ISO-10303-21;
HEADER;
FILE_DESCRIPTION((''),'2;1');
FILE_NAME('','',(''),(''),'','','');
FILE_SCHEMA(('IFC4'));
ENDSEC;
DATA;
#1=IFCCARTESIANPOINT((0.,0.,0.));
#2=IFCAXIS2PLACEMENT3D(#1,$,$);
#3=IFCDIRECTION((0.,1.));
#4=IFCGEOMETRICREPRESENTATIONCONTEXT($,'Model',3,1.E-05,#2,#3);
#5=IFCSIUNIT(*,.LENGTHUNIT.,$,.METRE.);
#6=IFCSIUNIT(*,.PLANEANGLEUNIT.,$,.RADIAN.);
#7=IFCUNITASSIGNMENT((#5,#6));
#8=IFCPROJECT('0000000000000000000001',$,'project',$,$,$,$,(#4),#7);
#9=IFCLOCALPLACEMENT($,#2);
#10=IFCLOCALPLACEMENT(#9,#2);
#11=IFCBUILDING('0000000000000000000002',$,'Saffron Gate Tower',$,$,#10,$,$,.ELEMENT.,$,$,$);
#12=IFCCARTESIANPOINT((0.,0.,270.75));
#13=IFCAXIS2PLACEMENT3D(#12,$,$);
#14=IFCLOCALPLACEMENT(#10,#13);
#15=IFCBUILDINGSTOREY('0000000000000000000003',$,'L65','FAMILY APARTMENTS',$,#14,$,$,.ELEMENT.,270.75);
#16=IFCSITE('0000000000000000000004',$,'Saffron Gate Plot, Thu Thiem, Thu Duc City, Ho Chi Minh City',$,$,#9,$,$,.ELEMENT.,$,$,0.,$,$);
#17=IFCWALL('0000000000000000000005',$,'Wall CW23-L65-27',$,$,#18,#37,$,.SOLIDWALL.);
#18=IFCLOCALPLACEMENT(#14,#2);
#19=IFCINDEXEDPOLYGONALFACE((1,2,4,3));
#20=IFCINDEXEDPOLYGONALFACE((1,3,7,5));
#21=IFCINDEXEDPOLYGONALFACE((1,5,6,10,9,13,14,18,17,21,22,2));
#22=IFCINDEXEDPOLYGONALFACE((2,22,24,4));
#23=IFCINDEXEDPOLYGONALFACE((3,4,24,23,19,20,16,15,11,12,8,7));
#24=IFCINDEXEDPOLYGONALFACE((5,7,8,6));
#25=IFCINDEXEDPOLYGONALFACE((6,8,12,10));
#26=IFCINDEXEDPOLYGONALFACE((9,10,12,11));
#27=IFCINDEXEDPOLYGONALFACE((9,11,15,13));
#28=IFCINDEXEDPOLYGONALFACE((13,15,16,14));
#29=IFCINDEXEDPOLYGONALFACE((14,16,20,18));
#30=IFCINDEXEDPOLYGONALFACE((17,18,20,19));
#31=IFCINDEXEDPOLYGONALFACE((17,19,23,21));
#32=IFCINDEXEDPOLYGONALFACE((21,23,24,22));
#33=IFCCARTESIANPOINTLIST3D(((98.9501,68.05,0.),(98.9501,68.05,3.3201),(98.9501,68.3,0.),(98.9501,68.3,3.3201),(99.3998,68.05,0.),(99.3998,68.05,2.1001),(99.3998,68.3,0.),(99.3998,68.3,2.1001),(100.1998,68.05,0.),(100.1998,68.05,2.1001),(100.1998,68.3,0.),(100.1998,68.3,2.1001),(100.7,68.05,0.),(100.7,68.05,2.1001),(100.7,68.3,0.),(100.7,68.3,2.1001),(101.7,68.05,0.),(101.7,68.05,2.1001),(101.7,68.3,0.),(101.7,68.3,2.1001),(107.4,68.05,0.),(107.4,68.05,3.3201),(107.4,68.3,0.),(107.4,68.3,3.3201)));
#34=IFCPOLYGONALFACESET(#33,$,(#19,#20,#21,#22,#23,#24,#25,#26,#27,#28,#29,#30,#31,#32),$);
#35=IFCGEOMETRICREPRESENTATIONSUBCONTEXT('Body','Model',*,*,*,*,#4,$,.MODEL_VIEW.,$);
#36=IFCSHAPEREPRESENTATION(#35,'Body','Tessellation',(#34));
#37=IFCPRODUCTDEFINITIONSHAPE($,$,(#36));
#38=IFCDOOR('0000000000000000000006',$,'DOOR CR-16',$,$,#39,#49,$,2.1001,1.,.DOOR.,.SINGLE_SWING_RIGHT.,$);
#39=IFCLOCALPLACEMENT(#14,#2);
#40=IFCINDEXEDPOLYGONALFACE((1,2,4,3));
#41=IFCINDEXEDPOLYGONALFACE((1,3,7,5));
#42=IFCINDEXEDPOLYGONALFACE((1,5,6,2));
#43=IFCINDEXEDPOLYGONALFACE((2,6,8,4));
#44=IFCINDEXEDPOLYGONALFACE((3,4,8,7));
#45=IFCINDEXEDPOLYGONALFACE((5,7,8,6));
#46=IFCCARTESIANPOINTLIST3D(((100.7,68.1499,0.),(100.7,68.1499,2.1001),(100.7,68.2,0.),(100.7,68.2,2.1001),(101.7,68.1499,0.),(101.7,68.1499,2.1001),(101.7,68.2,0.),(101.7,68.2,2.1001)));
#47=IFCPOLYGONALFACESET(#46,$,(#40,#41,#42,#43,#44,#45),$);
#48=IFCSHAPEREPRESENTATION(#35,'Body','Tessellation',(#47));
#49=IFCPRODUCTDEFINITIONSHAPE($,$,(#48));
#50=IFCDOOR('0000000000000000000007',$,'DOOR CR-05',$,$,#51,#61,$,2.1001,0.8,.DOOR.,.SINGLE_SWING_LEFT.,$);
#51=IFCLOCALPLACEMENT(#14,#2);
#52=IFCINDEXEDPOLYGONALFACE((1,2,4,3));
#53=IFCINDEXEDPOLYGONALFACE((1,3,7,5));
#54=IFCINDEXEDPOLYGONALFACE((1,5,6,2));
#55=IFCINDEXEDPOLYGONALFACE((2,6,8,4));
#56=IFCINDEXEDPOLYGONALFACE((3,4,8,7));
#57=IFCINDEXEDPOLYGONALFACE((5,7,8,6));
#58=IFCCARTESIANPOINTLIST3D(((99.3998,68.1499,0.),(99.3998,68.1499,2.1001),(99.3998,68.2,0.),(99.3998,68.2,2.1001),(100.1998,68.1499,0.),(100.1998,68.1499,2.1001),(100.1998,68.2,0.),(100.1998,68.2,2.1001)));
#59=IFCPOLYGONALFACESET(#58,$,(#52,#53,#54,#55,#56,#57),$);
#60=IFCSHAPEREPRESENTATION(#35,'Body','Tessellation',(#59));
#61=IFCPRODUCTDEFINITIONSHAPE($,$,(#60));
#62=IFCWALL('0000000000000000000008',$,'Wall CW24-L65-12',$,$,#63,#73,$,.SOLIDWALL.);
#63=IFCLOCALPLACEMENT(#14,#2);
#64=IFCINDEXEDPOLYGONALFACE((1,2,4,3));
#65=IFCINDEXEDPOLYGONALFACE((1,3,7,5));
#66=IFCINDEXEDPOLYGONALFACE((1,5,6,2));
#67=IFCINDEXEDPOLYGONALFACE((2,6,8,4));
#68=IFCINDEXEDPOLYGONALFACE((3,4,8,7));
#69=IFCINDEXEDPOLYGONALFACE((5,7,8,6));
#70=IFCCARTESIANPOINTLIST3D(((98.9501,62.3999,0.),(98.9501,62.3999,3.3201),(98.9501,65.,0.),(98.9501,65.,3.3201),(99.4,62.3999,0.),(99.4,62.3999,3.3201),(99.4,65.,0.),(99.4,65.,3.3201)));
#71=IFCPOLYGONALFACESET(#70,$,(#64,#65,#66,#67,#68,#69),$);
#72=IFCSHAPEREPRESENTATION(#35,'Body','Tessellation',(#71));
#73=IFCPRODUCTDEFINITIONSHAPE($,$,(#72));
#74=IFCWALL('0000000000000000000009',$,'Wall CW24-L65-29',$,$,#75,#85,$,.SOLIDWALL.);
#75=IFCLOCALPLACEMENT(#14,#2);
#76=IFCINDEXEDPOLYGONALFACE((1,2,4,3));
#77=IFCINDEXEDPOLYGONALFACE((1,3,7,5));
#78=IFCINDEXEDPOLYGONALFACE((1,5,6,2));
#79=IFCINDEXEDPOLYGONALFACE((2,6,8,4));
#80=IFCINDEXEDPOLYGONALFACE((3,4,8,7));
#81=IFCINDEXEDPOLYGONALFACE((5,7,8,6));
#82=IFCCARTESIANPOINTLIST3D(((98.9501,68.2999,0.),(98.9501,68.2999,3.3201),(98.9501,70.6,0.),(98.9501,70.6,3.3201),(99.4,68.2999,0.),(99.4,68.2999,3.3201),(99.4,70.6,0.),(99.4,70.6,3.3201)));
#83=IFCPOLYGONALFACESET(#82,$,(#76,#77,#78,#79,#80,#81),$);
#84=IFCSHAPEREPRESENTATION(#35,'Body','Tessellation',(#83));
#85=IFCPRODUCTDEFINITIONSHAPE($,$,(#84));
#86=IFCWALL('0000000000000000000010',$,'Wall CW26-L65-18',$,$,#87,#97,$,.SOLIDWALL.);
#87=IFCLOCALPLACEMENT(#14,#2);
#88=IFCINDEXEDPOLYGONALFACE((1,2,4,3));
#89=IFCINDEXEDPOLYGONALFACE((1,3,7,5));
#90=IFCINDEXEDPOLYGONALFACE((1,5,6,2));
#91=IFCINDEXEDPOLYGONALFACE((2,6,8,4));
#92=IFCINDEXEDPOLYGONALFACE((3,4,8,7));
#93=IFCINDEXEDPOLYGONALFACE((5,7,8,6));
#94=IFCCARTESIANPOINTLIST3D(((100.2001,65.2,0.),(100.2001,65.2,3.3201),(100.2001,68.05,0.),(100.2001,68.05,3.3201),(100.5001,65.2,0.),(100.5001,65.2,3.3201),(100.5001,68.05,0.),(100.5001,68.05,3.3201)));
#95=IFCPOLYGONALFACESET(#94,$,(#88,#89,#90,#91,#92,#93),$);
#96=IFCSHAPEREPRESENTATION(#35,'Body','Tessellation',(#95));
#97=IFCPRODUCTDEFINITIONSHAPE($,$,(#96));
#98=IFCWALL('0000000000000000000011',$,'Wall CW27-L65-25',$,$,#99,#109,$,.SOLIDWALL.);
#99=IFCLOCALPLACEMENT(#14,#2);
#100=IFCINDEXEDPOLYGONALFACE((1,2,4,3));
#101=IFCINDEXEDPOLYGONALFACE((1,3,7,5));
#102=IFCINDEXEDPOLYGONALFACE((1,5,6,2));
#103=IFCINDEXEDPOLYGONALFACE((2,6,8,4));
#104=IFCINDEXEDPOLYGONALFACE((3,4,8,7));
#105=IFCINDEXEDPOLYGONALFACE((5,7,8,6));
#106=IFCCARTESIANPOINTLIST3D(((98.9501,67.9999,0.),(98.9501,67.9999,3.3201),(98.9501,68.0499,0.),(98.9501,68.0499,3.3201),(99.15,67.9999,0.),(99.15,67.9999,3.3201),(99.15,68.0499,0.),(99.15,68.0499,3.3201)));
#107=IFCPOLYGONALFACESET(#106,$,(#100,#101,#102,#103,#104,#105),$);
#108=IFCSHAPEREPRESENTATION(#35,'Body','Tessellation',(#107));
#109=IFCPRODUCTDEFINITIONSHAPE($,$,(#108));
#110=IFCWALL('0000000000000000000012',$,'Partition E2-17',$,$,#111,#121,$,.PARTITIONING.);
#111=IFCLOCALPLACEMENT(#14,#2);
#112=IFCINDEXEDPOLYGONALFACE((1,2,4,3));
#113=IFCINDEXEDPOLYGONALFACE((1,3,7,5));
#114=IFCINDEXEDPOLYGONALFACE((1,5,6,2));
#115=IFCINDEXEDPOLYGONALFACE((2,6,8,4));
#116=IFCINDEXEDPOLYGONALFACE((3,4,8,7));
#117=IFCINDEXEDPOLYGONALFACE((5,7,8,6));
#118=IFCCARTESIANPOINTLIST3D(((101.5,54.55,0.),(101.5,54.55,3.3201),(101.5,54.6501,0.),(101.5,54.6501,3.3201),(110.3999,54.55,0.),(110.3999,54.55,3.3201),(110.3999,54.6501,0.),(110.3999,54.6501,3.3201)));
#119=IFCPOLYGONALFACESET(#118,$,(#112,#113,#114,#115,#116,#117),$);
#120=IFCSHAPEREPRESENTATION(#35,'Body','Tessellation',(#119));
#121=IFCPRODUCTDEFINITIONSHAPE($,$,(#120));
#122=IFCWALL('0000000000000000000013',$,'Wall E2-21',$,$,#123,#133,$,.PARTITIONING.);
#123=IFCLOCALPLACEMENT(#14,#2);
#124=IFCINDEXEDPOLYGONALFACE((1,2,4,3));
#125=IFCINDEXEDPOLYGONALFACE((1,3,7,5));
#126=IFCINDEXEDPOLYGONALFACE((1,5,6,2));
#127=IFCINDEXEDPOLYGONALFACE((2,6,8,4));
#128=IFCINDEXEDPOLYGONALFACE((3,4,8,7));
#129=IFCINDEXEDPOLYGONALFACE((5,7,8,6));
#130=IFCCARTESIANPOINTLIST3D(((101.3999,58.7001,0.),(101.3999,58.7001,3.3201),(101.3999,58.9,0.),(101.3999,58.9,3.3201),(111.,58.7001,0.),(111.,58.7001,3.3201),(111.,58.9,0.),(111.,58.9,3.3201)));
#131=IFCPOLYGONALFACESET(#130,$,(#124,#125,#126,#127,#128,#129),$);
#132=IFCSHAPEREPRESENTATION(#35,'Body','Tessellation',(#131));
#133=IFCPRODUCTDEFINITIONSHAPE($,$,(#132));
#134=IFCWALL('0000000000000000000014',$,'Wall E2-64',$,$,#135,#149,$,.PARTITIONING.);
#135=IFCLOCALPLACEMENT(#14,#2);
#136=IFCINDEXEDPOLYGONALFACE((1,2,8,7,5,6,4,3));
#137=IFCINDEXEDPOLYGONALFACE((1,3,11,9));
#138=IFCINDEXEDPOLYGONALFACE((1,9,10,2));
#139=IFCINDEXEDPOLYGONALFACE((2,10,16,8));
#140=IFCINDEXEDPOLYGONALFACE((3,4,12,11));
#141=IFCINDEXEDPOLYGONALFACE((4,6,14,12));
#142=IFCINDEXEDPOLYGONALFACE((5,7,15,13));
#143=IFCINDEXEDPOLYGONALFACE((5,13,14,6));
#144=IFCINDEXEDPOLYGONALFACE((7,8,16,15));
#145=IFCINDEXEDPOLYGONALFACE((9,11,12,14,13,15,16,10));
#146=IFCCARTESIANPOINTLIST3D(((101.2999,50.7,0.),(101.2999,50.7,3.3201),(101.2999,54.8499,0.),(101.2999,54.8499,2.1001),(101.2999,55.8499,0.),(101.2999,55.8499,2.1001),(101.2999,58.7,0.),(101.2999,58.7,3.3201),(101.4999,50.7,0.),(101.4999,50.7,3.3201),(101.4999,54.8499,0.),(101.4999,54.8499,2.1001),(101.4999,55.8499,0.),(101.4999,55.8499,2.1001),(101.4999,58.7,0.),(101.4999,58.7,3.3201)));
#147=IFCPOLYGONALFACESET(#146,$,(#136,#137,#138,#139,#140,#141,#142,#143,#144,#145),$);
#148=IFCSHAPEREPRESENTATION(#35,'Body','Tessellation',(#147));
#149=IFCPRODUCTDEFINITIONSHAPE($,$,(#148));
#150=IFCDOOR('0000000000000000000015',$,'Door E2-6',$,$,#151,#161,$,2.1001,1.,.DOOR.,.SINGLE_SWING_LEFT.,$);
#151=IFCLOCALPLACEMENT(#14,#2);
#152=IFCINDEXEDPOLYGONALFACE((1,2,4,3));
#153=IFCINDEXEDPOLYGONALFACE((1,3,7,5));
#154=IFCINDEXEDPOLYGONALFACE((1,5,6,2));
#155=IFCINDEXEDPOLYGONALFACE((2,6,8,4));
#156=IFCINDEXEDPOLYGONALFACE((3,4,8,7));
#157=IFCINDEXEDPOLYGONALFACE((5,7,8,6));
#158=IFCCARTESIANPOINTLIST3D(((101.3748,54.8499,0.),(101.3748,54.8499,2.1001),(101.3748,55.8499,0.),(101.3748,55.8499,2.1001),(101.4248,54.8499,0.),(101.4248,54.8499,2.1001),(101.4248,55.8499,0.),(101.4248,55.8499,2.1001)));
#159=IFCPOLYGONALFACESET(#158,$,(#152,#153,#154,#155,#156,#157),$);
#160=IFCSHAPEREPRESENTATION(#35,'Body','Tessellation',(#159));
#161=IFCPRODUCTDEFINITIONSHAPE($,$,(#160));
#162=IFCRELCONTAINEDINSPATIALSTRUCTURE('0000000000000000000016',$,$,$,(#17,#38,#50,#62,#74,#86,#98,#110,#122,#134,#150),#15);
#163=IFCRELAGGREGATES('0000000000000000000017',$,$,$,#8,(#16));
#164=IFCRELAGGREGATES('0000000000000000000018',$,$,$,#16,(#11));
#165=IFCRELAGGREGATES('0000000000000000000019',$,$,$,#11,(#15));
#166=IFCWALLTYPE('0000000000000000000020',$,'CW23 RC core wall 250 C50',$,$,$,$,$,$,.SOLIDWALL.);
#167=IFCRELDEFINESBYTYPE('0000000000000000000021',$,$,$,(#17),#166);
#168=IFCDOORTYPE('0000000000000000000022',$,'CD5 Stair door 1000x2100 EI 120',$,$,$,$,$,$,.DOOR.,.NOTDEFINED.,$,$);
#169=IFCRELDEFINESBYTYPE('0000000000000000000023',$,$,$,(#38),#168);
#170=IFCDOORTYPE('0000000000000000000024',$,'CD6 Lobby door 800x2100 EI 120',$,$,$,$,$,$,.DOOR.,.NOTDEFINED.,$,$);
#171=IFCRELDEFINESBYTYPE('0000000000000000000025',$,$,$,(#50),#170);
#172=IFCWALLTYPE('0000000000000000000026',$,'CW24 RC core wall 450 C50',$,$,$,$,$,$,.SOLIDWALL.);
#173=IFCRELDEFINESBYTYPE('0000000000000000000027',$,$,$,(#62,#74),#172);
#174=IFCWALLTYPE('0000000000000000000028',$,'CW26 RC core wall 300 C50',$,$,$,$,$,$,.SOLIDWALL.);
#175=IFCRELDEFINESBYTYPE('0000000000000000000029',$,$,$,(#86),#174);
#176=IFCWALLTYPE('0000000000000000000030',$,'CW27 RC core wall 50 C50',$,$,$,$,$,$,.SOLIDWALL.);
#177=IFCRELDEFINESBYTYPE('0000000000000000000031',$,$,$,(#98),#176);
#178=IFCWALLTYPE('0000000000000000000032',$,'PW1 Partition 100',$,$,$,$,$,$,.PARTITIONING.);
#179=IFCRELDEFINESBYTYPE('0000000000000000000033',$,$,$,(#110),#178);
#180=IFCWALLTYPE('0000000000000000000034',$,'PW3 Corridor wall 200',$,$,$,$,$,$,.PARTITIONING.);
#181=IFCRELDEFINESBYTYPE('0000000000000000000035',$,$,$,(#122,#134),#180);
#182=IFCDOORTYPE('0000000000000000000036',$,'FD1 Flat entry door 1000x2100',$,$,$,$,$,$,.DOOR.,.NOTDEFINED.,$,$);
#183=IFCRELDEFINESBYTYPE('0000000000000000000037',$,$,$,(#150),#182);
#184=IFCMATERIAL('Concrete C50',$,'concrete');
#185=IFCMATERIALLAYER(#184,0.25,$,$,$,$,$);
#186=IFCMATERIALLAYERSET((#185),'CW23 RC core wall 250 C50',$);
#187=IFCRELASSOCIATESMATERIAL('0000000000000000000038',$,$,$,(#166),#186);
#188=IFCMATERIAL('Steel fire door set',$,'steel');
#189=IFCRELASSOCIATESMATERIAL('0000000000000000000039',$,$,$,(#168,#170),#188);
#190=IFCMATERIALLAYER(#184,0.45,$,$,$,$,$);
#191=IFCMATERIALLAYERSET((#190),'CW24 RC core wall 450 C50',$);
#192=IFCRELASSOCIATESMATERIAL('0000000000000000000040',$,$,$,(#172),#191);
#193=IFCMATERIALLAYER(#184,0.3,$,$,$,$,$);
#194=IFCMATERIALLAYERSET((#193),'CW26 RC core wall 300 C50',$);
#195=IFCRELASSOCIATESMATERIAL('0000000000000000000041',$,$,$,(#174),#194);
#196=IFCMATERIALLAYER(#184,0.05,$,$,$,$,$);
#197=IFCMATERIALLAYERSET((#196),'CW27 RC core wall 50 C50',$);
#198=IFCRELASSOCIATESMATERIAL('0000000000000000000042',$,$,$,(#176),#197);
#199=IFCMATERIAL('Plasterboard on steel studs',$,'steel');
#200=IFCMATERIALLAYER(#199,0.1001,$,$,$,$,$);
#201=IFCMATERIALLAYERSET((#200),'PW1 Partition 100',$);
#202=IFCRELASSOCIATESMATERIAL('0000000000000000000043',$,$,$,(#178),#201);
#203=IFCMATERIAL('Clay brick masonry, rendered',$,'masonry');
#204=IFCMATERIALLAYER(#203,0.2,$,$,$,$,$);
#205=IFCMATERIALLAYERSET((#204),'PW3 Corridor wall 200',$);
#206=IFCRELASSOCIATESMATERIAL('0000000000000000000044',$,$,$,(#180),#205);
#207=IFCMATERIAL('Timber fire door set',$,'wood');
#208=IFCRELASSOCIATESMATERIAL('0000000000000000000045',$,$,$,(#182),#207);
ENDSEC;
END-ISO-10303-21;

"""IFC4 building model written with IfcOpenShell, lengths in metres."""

from ifc_helpers import new_model, si_unit, direction, frame, frame_2d, origin, place, context, subcontext, project, spatial, rectangle, extrude, material, layer, layer_set, type_object, element, fill, save


model = new_model("IFC4")

# Units and contexts
model_context = context("Model", 3, precision=1e-05, world=origin(), true_north=direction((0.0, 1.0)))
body_context = subcontext(model_context, "Body", "Model", "MODEL_VIEW")
ifc_project = project(units=[si_unit("LENGTHUNIT", "METRE"), si_unit("PLANEANGLEUNIT", "RADIAN")], contexts=[model_context])

# Site, building, storey
site_placement = place(None, origin())
site = spatial("IfcSite", under=ifc_project, at=site_placement, Name="Saffron Gate Plot, Thu Thiem, Thu Duc City, Ho Chi Minh City", CompositionType="ELEMENT", RefElevation=0.0)
building_placement = place(site_placement, origin())
building = spatial("IfcBuilding", under=site, at=building_placement, Name="Saffron Gate Tower", CompositionType="ELEMENT")
storey_placement = place(building_placement, frame((0.0, 0.0, 270.75)))
storey = spatial("IfcBuildingStorey", under=building, at=storey_placement, Name="L65", Description="FAMILY APARTMENTS", CompositionType="ELEMENT", Elevation=270.75)

# Wall, openings, doors
ifc_material_1 = material(Name="Concrete C50", Category="concrete")
ifc_layer_1 = layer(ifc_material_1, 0.25)
ifc_layer_set_1 = layer_set([ifc_layer_1], Name="CW23 RC core wall 250 C50")
wall_type_1 = type_object("IfcWallType", Name="CW23 RC core wall 250 C50", PredefinedType="SOLIDWALL", material=ifc_layer_set_1)
wall_1_placement = place(storey_placement, frame((98.95, 68.175, 0.0), z_axis=(0.0, 0.0, 1.0), x_axis=(1.0, 0.0, 0.0)))
wall_1 = element("IfcWall", 1, at=wall_1_placement, inside=storey, type_object=wall_type_1, Name="Wall CW23-L65-27", PredefinedType="SOLIDWALL", context=body_context, shape_type="SweptSolid", body=[
    extrude(rectangle(XDim=8.45, YDim=0.25, at=frame_2d((4.2251, 0.0))), origin(), (0.0, 0.0, 1.0), 3.3201),
])
opening_1_placement = place(wall_1_placement, frame((0.45, 0.0, 0.0)))
opening_1 = element("IfcOpeningElement", 2, at=opening_1_placement, cuts=wall_1, PredefinedType="OPENING", context=body_context, shape_type="SweptSolid", body=[
    extrude(rectangle(XDim=0.8, YDim=2.1001, at=frame_2d((0.3999, 1.05))), frame((0.0, 0.135, 0.0), z_axis=(0.0, -1.0, 0.0), x_axis=(1.0, 0.0, 0.0)), (0.0, 0.0, 1.0), 0.27),
])
opening_2_placement = place(wall_1_placement, frame((1.75, 0.0, 0.0)))
opening_2 = element("IfcOpeningElement", 3, at=opening_2_placement, cuts=wall_1, PredefinedType="OPENING", context=body_context, shape_type="SweptSolid", body=[
    extrude(rectangle(XDim=1.0, YDim=2.1001, at=frame_2d((0.5, 1.05))), frame((0.0, 0.135, 0.0), z_axis=(0.0, -1.0, 0.0), x_axis=(1.0, 0.0, 0.0)), (0.0, 0.0, 1.0), 0.27),
])
ifc_material_2 = material(Name="Steel fire door set", Category="steel")
door_type_1 = type_object("IfcDoorType", Name="CD5 Stair door 1000x2100 EI 120", OperationType="NOTDEFINED", PredefinedType="DOOR", material=ifc_material_2)
door_1_placement = place(opening_2_placement, origin())
door_1 = element("IfcDoor", 4, at=door_1_placement, inside=storey, type_object=door_type_1, Name="DOOR CR-16", OperationType="SINGLE_SWING_RIGHT", OverallHeight=2.1001, OverallWidth=1.0, PredefinedType="DOOR", context=body_context, shape_type="SweptSolid", body=[
    extrude(rectangle(XDim=1.0, YDim=2.1001, at=frame_2d((0.5, 1.05))), frame((0.0, 0.0249, 0.0), z_axis=(0.0, -1.0, 0.0), x_axis=(1.0, 0.0, 0.0)), (0.0, 0.0, 1.0), 0.05),
])
fill(opening_2, door_1)
door_type_2 = type_object("IfcDoorType", Name="CD6 Lobby door 800x2100 EI 120", OperationType="NOTDEFINED", PredefinedType="DOOR", material=ifc_material_2)
door_2_placement = place(opening_1_placement, origin())
door_2 = element("IfcDoor", 5, at=door_2_placement, inside=storey, type_object=door_type_2, Name="DOOR CR-05", OperationType="SINGLE_SWING_LEFT", OverallHeight=2.1001, OverallWidth=0.8, PredefinedType="DOOR", context=body_context, shape_type="SweptSolid", body=[
    extrude(rectangle(XDim=0.8, YDim=2.1001, at=frame_2d((0.3999, 1.05))), frame((0.0, 0.0249, 0.0), z_axis=(0.0, -1.0, 0.0), x_axis=(1.0, 0.0, 0.0)), (0.0, 0.0, 1.0), 0.05),
])
fill(opening_1, door_2)

# Walls
ifc_layer_2 = layer(ifc_material_1, 0.45)
ifc_layer_set_2 = layer_set([ifc_layer_2], Name="CW24 RC core wall 450 C50")
wall_type_2 = type_object("IfcWallType", Name="CW24 RC core wall 450 C50", PredefinedType="SOLIDWALL", material=ifc_layer_set_2)
wall_2_placement = place(storey_placement, frame((99.175, 62.3999, 0.0), z_axis=(0.0, 0.0, 1.0), x_axis=(0.0, 1.0, 0.0)))
element("IfcWall", 6, at=wall_2_placement, inside=storey, type_object=wall_type_2, Name="Wall CW24-L65-12", PredefinedType="SOLIDWALL", context=body_context, shape_type="SweptSolid", body=[
    extrude(rectangle(XDim=2.6001, YDim=0.45, at=frame_2d((1.3, 0.0))), origin(), (0.0, 0.0, 1.0), 3.3201),
])
wall_3_placement = place(storey_placement, frame((99.175, 68.3, 0.0), z_axis=(0.0, 0.0, 1.0), x_axis=(0.0, 1.0, 0.0)))
element("IfcWall", 7, at=wall_3_placement, inside=storey, type_object=wall_type_2, Name="Wall CW24-L65-29", PredefinedType="SOLIDWALL", context=body_context, shape_type="SweptSolid", body=[
    extrude(rectangle(XDim=2.3, YDim=0.45, at=frame_2d((1.1499, 0.0))), origin(), (0.0, 0.0, 1.0), 3.3201),
])
ifc_layer_3 = layer(ifc_material_1, 0.3)
ifc_layer_set_3 = layer_set([ifc_layer_3], Name="CW26 RC core wall 300 C50")
wall_type_3 = type_object("IfcWallType", Name="CW26 RC core wall 300 C50", PredefinedType="SOLIDWALL", material=ifc_layer_set_3)
wall_4_placement = place(storey_placement, frame((100.3501, 65.2, 0.0), z_axis=(0.0, 0.0, 1.0), x_axis=(0.0, 1.0, 0.0)))
element("IfcWall", 8, at=wall_4_placement, inside=storey, type_object=wall_type_3, Name="Wall CW26-L65-18", PredefinedType="SOLIDWALL", context=body_context, shape_type="SweptSolid", body=[
    extrude(rectangle(XDim=2.8501, YDim=0.3, at=frame_2d((1.425, 0.0))), origin(), (0.0, 0.0, 1.0), 3.3201),
])
ifc_layer_4 = layer(ifc_material_1, 0.05)
ifc_layer_set_4 = layer_set([ifc_layer_4], Name="CW27 RC core wall 50 C50")
wall_type_4 = type_object("IfcWallType", Name="CW27 RC core wall 50 C50", PredefinedType="SOLIDWALL", material=ifc_layer_set_4)
wall_5_placement = place(storey_placement, frame((98.95, 68.0249, 0.0), z_axis=(0.0, 0.0, 1.0), x_axis=(1.0, 0.0, 0.0)))
element("IfcWall", 9, at=wall_5_placement, inside=storey, type_object=wall_type_4, Name="Wall CW27-L65-25", PredefinedType="SOLIDWALL", context=body_context, shape_type="SweptSolid", body=[
    extrude(rectangle(XDim=0.2, YDim=0.05, at=frame_2d((0.1001, 0.0))), origin(), (0.0, 0.0, 1.0), 3.3201),
])
ifc_material_3 = material(Name="Plasterboard on steel studs", Category="steel")
ifc_layer_5 = layer(ifc_material_3, 0.1001)
ifc_layer_set_5 = layer_set([ifc_layer_5], Name="PW1 Partition 100")
wall_type_5 = type_object("IfcWallType", Name="PW1 Partition 100", PredefinedType="PARTITIONING", material=ifc_layer_set_5)
wall_6_placement = place(storey_placement, frame((101.5, 54.6001, 0.0), z_axis=(0.0, 0.0, 1.0), x_axis=(1.0, 0.0, 0.0)))
element("IfcWall", 10, at=wall_6_placement, inside=storey, type_object=wall_type_5, Name="Partition E2-17", PredefinedType="PARTITIONING", context=body_context, shape_type="SweptSolid", body=[
    extrude(rectangle(XDim=8.8999, YDim=0.1001, at=frame_2d((4.45, 0.0))), origin(), (0.0, 0.0, 1.0), 3.3201),
])
ifc_material_4 = material(Name="Clay brick masonry, rendered", Category="masonry")
ifc_layer_6 = layer(ifc_material_4, 0.2)
ifc_layer_set_6 = layer_set([ifc_layer_6], Name="PW3 Corridor wall 200")
wall_type_6 = type_object("IfcWallType", Name="PW3 Corridor wall 200", PredefinedType="PARTITIONING", material=ifc_layer_set_6)
wall_7_placement = place(storey_placement, frame((101.3999, 58.8, 0.0), z_axis=(0.0, 0.0, 1.0), x_axis=(1.0, 0.0, 0.0)))
element("IfcWall", 11, at=wall_7_placement, inside=storey, type_object=wall_type_6, Name="Wall E2-21", PredefinedType="PARTITIONING", context=body_context, shape_type="SweptSolid", body=[
    extrude(rectangle(XDim=9.6001, YDim=0.2, at=frame_2d((4.8, 0.0))), origin(), (0.0, 0.0, 1.0), 3.3201),
])

# Wall, opening, door
wall_8_placement = place(storey_placement, frame((101.3999, 58.7, 0.0), z_axis=(0.0, 0.0, 1.0), x_axis=(0.0, -1.0, 0.0)))
wall_8 = element("IfcWall", 12, at=wall_8_placement, inside=storey, type_object=wall_type_6, Name="Wall E2-64", PredefinedType="PARTITIONING", context=body_context, shape_type="SweptSolid", body=[
    extrude(rectangle(XDim=8.0, YDim=0.2, at=frame_2d((4.0, 0.0))), origin(), (0.0, 0.0, 1.0), 3.3201),
])
opening_3_placement = place(wall_8_placement, frame((2.8501, 0.0, 0.0)))
opening_3 = element("IfcOpeningElement", 13, at=opening_3_placement, cuts=wall_8, PredefinedType="OPENING", context=body_context, shape_type="SweptSolid", body=[
    extrude(rectangle(XDim=1.0, YDim=2.1001, at=frame_2d((0.5, 1.05))), frame((0.0, 0.1099, 0.0), z_axis=(0.0, -1.0, 0.0), x_axis=(1.0, 0.0, 0.0)), (0.0, 0.0, 1.0), 0.22),
])
ifc_material_5 = material(Name="Timber fire door set", Category="wood")
door_type_3 = type_object("IfcDoorType", Name="FD1 Flat entry door 1000x2100", OperationType="NOTDEFINED", PredefinedType="DOOR", material=ifc_material_5)
door_3_placement = place(opening_3_placement, origin())
door_3 = element("IfcDoor", 14, at=door_3_placement, inside=storey, type_object=door_type_3, Name="Door E2-6", OperationType="SINGLE_SWING_LEFT", OverallHeight=2.1001, OverallWidth=1.0, PredefinedType="DOOR", context=body_context, shape_type="SweptSolid", body=[
    extrude(rectangle(XDim=1.0, YDim=2.1001, at=frame_2d((0.5, 1.05))), frame((0.0, 0.0249, 0.0), z_axis=(0.0, -1.0, 0.0), x_axis=(1.0, 0.0, 0.0)), (0.0, 0.0, 1.0), 0.05),
])
fill(opening_3, door_3)

save(model, "model.ifc")
